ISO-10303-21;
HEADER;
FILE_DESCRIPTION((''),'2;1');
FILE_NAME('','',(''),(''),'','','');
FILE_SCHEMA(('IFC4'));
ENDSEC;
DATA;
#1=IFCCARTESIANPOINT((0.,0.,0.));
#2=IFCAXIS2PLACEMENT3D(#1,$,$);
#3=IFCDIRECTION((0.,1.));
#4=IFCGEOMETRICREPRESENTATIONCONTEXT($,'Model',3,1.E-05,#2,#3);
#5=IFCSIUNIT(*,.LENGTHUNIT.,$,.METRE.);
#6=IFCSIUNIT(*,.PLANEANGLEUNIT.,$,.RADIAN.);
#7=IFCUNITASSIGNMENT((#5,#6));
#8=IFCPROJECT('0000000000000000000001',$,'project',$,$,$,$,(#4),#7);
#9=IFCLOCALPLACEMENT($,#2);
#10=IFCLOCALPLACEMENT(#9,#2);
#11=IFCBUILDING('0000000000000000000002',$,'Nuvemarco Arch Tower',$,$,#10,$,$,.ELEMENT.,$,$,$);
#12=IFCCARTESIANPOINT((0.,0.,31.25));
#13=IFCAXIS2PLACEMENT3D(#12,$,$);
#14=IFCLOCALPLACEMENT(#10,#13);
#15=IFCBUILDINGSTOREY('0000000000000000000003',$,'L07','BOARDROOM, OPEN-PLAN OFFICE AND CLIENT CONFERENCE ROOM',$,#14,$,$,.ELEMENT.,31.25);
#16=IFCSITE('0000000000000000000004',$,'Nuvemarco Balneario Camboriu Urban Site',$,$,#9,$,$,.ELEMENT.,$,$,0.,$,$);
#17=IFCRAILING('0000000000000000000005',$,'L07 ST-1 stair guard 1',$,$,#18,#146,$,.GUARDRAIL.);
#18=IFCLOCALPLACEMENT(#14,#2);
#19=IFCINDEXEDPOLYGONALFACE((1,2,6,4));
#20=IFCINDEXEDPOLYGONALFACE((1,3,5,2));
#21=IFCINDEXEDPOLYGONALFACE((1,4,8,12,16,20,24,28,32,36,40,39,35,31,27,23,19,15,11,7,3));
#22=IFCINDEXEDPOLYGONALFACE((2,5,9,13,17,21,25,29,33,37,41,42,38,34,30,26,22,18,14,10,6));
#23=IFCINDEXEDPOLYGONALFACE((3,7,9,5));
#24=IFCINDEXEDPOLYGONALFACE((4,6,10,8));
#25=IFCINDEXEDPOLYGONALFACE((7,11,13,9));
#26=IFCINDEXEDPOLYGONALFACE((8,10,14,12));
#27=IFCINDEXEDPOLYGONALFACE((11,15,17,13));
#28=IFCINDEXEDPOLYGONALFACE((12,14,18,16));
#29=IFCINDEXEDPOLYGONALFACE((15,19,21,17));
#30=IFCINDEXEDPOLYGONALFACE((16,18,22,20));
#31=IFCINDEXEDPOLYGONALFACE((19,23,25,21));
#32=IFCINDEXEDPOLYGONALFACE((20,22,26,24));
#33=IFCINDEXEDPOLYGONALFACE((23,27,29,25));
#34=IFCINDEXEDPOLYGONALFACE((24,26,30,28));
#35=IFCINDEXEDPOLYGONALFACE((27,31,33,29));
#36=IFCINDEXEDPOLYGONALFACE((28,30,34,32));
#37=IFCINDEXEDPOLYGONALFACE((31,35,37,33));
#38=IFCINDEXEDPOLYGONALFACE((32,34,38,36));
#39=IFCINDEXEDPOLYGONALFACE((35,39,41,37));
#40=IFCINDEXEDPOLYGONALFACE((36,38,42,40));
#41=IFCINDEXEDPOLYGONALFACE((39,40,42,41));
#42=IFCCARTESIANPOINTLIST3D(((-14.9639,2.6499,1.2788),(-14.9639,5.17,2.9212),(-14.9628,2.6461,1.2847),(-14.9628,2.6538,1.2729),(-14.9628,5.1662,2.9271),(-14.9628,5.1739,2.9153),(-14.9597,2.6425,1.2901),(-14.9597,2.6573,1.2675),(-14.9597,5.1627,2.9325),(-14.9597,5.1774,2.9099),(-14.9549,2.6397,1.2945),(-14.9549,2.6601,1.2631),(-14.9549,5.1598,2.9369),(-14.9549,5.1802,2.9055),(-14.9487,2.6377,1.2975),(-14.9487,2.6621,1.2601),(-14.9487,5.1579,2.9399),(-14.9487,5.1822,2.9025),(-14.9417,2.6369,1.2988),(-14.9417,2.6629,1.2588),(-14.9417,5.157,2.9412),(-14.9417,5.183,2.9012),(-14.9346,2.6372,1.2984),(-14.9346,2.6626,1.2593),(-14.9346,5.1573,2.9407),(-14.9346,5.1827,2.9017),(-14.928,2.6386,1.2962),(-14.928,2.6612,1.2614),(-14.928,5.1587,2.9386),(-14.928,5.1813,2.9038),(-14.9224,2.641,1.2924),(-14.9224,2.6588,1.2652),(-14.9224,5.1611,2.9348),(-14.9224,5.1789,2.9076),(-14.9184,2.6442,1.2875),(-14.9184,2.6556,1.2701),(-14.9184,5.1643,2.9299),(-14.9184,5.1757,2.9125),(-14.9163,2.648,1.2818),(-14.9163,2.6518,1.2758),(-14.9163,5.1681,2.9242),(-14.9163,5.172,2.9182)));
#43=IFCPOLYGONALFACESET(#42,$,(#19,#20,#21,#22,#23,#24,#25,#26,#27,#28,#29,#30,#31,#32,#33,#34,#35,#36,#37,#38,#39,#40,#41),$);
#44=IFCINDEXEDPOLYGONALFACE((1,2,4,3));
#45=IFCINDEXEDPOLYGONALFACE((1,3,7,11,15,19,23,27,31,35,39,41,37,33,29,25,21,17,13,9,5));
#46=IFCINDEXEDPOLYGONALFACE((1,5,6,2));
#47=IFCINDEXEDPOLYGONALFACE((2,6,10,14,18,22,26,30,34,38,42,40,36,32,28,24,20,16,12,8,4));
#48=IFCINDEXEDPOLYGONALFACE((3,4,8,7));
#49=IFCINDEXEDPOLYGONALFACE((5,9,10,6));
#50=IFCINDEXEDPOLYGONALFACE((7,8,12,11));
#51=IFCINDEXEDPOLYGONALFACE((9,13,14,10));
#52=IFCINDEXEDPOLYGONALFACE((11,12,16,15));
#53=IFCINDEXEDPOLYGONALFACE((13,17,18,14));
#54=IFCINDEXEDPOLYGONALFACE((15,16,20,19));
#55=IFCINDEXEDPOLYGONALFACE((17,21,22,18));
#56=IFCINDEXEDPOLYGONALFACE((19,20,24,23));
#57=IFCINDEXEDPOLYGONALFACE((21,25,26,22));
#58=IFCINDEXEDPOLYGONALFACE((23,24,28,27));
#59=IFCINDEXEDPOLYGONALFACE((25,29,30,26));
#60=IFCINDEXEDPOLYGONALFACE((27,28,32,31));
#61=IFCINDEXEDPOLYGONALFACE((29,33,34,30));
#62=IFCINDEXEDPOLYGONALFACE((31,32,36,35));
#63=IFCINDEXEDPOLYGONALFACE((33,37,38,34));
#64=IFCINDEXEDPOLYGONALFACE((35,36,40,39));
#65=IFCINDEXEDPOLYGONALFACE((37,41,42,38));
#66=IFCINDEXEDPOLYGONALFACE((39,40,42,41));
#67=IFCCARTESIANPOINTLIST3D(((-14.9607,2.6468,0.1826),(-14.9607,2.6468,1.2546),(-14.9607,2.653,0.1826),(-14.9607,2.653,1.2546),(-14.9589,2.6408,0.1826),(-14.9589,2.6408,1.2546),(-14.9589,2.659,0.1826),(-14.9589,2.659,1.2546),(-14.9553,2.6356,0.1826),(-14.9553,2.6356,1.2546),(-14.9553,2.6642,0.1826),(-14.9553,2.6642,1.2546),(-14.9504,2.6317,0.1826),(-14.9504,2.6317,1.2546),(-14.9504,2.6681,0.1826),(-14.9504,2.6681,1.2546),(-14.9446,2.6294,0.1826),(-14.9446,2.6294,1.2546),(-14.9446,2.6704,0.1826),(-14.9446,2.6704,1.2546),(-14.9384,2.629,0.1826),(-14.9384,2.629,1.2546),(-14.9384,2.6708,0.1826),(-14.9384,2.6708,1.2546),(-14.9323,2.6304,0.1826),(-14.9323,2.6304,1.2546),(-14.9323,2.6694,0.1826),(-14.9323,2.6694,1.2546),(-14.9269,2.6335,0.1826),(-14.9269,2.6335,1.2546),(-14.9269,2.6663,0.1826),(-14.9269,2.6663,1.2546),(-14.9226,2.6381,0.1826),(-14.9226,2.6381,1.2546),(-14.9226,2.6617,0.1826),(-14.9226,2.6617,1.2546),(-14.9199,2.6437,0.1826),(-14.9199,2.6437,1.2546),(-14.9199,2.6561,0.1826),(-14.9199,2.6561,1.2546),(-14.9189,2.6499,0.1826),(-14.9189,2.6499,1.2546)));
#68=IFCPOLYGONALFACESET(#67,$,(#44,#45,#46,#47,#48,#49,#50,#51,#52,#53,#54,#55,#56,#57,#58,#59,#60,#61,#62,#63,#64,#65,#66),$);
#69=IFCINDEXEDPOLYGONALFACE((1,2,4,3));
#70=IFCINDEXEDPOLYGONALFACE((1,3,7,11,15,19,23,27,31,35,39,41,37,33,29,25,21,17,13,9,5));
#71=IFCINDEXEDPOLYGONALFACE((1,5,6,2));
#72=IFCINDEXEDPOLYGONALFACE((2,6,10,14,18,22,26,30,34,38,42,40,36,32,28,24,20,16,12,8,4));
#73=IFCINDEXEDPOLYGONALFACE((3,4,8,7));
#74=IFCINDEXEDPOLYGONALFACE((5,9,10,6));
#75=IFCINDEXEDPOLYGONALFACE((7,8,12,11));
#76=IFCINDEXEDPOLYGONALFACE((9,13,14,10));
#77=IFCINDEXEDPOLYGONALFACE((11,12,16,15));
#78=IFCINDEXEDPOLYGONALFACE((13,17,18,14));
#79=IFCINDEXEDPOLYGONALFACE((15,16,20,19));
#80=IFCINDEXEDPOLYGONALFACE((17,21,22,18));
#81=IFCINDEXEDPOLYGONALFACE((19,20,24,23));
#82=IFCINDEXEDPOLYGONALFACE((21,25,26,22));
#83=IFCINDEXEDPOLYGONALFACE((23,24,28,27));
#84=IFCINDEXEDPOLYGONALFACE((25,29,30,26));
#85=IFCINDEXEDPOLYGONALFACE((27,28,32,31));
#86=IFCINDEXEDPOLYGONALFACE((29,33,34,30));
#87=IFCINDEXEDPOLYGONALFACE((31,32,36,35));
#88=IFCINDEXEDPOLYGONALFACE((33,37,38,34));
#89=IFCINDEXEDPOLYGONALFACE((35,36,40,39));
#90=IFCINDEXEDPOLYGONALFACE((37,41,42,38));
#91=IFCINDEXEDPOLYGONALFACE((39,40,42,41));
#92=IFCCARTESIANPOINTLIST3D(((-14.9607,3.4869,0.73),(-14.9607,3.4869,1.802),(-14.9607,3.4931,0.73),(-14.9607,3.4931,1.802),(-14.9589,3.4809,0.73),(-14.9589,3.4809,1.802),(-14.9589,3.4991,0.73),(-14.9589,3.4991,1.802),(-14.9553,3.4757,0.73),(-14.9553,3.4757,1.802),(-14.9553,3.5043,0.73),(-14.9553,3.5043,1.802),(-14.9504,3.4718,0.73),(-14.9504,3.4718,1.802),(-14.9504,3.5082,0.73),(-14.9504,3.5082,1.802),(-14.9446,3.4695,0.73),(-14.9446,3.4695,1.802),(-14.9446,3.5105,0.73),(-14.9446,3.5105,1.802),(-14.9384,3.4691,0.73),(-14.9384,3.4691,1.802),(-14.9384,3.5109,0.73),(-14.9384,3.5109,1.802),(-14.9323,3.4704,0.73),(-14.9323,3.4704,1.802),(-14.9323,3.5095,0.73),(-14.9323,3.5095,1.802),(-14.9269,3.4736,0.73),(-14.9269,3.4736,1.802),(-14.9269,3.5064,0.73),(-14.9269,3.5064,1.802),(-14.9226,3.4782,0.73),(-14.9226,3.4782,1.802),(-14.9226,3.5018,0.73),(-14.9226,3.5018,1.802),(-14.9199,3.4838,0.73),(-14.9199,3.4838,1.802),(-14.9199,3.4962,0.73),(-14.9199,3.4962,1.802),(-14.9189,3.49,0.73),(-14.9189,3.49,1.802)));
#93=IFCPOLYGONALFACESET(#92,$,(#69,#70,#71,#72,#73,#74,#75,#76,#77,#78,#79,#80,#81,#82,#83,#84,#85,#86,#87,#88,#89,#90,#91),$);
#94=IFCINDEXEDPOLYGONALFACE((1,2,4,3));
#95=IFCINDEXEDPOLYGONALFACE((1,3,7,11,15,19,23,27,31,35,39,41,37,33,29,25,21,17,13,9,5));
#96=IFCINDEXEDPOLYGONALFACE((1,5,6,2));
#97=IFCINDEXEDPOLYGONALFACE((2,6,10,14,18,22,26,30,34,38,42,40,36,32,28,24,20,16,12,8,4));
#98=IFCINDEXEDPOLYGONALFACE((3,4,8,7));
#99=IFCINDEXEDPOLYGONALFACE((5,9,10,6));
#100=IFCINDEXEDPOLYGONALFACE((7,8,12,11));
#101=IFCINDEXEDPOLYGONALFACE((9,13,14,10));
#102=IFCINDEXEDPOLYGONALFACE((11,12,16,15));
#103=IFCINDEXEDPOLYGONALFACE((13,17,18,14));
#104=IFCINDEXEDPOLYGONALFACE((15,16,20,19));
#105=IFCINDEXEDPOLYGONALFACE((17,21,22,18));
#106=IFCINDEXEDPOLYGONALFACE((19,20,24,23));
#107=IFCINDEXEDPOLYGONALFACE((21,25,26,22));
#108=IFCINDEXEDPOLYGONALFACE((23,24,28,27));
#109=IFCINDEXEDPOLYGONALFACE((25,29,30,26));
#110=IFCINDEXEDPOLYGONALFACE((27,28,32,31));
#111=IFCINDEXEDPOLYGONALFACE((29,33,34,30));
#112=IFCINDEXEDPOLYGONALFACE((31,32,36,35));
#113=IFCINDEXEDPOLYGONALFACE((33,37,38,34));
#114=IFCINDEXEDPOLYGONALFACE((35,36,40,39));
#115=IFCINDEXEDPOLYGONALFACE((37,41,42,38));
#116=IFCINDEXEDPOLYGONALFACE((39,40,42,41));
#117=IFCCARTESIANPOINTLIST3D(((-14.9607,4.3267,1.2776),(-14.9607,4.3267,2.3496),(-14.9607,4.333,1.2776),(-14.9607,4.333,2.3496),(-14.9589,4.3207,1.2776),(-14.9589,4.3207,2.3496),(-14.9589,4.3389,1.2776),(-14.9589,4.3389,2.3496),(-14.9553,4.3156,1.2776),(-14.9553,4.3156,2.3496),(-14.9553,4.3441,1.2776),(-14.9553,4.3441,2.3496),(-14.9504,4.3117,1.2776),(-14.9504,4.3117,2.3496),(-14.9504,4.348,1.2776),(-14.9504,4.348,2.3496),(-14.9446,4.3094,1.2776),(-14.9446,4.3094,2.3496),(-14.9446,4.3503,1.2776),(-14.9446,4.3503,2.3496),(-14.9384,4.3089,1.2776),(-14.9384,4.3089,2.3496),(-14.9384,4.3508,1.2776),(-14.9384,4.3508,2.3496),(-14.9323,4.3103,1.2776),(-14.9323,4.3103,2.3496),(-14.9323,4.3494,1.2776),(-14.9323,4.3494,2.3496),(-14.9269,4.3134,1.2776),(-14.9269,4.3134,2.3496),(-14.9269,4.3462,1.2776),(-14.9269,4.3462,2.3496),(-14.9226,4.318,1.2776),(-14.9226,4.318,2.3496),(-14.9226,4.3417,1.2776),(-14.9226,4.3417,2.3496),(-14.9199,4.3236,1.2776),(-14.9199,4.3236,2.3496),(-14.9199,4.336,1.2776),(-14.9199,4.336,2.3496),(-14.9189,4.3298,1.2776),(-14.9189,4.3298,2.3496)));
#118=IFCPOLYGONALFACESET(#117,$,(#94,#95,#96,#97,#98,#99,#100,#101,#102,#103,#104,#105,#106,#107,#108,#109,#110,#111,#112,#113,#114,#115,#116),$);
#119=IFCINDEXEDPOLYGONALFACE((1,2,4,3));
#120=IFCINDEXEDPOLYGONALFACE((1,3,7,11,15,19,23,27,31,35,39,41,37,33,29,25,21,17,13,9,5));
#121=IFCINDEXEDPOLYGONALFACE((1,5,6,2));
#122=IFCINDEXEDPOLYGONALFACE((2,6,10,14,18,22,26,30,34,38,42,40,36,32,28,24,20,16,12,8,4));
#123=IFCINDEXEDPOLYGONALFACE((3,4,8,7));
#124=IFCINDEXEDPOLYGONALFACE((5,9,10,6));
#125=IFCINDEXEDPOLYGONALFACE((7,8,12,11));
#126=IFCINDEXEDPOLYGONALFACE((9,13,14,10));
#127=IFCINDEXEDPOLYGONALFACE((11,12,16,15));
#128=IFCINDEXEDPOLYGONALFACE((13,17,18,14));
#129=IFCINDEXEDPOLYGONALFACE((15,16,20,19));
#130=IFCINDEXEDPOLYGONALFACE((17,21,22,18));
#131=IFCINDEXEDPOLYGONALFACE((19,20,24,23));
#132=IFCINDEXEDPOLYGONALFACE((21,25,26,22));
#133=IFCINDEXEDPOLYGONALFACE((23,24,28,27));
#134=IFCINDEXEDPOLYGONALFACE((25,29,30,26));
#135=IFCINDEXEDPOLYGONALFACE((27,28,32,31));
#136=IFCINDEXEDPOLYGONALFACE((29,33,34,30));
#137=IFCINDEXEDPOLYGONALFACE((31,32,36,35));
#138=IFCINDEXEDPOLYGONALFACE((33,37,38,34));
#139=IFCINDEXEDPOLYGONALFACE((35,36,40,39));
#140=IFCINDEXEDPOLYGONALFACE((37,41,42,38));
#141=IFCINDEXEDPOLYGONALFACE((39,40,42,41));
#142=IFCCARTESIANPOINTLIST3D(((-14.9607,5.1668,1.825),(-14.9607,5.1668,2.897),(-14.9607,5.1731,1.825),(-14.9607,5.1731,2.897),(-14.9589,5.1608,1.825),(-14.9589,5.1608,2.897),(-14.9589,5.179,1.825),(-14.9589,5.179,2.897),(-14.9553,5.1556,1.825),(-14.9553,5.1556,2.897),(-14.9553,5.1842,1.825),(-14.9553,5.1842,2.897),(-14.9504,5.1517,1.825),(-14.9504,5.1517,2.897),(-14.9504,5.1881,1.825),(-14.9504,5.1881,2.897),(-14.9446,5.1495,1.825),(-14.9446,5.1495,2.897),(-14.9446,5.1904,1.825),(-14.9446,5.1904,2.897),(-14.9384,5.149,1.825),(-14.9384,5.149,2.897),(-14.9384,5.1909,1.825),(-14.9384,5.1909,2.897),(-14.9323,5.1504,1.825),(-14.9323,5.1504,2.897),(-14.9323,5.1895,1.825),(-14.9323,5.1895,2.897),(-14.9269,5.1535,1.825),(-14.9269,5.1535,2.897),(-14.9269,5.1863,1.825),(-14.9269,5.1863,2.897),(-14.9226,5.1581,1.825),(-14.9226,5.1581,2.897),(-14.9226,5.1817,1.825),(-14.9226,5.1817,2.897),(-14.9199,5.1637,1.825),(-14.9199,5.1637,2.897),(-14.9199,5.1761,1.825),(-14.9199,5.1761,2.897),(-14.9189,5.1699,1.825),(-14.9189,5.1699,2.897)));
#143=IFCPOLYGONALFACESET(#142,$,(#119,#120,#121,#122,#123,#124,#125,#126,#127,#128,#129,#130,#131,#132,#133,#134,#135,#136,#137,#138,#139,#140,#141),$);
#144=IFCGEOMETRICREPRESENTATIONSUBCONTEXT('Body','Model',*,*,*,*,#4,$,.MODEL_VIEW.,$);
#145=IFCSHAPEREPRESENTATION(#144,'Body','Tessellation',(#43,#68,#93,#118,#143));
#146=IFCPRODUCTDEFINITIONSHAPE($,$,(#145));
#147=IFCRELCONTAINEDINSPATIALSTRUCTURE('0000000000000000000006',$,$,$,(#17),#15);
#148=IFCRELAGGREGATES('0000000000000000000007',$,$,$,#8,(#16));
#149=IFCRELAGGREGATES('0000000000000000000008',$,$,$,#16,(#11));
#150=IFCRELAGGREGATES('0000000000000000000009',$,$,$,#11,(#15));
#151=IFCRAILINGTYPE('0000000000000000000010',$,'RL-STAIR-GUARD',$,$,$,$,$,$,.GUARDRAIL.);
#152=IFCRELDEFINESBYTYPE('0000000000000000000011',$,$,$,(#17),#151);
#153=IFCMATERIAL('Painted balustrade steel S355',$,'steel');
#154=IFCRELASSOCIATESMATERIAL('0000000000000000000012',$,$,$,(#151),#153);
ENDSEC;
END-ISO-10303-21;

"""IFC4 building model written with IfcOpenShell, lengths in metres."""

from ifc_helpers import new_model, si_unit, direction, frame, origin, origin_2d, place, context, subcontext, project, spatial, circle, extrude, material, type_object, element, save


model = new_model("IFC4")

# Units and contexts
model_context = context("Model", 3, precision=1e-05, world=origin(), true_north=direction((0.0, 1.0)))
body_context = subcontext(model_context, "Body", "Model", "MODEL_VIEW")
ifc_project = project(units=[si_unit("LENGTHUNIT", "METRE"), si_unit("PLANEANGLEUNIT", "RADIAN")], contexts=[model_context])

# Site, building, storey
site_placement = place(None, origin())
site = spatial("IfcSite", under=ifc_project, at=site_placement, Name="Nuvemarco Balneario Camboriu Urban Site", CompositionType="ELEMENT", RefElevation=0.0)
building_placement = place(site_placement, origin())
building = spatial("IfcBuilding", under=site, at=building_placement, Name="Nuvemarco Arch Tower", CompositionType="ELEMENT")
storey_placement = place(building_placement, frame((0.0, 0.0, 31.25)))
storey = spatial("IfcBuildingStorey", under=building, at=storey_placement, Name="L07", Description="BOARDROOM, OPEN-PLAN OFFICE AND CLIENT CONFERENCE ROOM", CompositionType="ELEMENT", Elevation=31.25)

# Railing
ifc_material_1 = material(Name="Painted balustrade steel S355", Category="steel")
railing_type_1 = type_object("IfcRailingType", Name="RL-STAIR-GUARD", PredefinedType="GUARDRAIL", material=ifc_material_1)
railing_1_placement = place(storey_placement, frame((-14.9399, 2.6499, 0.1826)))
element("IfcRailing", 1, at=railing_1_placement, inside=storey, type_object=railing_type_1, Name="L07 ST-1 stair guard 1", PredefinedType="GUARDRAIL", context=body_context, shape_type="SweptSolid", body=[
    extrude(circle(Radius=0.0239, at=origin_2d()), frame((0.0, 0.0, 1.0962), z_axis=(0.0, 0.837787, 0.545998), x_axis=(-1.0, 0.0, 0.0)), (0.0, 0.0, 1.0), 3.0081),
    extrude(circle(Radius=0.021, at=origin_2d()), origin(), (0.0, 0.0, 1.0), 1.072),
    extrude(circle(Radius=0.021, at=origin_2d()), frame((0.0, 0.8401, 0.5474)), (0.0, 0.0, 1.0), 1.072),
    extrude(circle(Radius=0.021, at=origin_2d()), frame((0.0, 1.6799, 1.095)), (0.0, 0.0, 1.0), 1.072),
    extrude(circle(Radius=0.021, at=origin_2d()), frame((0.0, 2.52, 1.6423)), (0.0, 0.0, 1.0), 1.072),
])

save(model, "model.ifc")
